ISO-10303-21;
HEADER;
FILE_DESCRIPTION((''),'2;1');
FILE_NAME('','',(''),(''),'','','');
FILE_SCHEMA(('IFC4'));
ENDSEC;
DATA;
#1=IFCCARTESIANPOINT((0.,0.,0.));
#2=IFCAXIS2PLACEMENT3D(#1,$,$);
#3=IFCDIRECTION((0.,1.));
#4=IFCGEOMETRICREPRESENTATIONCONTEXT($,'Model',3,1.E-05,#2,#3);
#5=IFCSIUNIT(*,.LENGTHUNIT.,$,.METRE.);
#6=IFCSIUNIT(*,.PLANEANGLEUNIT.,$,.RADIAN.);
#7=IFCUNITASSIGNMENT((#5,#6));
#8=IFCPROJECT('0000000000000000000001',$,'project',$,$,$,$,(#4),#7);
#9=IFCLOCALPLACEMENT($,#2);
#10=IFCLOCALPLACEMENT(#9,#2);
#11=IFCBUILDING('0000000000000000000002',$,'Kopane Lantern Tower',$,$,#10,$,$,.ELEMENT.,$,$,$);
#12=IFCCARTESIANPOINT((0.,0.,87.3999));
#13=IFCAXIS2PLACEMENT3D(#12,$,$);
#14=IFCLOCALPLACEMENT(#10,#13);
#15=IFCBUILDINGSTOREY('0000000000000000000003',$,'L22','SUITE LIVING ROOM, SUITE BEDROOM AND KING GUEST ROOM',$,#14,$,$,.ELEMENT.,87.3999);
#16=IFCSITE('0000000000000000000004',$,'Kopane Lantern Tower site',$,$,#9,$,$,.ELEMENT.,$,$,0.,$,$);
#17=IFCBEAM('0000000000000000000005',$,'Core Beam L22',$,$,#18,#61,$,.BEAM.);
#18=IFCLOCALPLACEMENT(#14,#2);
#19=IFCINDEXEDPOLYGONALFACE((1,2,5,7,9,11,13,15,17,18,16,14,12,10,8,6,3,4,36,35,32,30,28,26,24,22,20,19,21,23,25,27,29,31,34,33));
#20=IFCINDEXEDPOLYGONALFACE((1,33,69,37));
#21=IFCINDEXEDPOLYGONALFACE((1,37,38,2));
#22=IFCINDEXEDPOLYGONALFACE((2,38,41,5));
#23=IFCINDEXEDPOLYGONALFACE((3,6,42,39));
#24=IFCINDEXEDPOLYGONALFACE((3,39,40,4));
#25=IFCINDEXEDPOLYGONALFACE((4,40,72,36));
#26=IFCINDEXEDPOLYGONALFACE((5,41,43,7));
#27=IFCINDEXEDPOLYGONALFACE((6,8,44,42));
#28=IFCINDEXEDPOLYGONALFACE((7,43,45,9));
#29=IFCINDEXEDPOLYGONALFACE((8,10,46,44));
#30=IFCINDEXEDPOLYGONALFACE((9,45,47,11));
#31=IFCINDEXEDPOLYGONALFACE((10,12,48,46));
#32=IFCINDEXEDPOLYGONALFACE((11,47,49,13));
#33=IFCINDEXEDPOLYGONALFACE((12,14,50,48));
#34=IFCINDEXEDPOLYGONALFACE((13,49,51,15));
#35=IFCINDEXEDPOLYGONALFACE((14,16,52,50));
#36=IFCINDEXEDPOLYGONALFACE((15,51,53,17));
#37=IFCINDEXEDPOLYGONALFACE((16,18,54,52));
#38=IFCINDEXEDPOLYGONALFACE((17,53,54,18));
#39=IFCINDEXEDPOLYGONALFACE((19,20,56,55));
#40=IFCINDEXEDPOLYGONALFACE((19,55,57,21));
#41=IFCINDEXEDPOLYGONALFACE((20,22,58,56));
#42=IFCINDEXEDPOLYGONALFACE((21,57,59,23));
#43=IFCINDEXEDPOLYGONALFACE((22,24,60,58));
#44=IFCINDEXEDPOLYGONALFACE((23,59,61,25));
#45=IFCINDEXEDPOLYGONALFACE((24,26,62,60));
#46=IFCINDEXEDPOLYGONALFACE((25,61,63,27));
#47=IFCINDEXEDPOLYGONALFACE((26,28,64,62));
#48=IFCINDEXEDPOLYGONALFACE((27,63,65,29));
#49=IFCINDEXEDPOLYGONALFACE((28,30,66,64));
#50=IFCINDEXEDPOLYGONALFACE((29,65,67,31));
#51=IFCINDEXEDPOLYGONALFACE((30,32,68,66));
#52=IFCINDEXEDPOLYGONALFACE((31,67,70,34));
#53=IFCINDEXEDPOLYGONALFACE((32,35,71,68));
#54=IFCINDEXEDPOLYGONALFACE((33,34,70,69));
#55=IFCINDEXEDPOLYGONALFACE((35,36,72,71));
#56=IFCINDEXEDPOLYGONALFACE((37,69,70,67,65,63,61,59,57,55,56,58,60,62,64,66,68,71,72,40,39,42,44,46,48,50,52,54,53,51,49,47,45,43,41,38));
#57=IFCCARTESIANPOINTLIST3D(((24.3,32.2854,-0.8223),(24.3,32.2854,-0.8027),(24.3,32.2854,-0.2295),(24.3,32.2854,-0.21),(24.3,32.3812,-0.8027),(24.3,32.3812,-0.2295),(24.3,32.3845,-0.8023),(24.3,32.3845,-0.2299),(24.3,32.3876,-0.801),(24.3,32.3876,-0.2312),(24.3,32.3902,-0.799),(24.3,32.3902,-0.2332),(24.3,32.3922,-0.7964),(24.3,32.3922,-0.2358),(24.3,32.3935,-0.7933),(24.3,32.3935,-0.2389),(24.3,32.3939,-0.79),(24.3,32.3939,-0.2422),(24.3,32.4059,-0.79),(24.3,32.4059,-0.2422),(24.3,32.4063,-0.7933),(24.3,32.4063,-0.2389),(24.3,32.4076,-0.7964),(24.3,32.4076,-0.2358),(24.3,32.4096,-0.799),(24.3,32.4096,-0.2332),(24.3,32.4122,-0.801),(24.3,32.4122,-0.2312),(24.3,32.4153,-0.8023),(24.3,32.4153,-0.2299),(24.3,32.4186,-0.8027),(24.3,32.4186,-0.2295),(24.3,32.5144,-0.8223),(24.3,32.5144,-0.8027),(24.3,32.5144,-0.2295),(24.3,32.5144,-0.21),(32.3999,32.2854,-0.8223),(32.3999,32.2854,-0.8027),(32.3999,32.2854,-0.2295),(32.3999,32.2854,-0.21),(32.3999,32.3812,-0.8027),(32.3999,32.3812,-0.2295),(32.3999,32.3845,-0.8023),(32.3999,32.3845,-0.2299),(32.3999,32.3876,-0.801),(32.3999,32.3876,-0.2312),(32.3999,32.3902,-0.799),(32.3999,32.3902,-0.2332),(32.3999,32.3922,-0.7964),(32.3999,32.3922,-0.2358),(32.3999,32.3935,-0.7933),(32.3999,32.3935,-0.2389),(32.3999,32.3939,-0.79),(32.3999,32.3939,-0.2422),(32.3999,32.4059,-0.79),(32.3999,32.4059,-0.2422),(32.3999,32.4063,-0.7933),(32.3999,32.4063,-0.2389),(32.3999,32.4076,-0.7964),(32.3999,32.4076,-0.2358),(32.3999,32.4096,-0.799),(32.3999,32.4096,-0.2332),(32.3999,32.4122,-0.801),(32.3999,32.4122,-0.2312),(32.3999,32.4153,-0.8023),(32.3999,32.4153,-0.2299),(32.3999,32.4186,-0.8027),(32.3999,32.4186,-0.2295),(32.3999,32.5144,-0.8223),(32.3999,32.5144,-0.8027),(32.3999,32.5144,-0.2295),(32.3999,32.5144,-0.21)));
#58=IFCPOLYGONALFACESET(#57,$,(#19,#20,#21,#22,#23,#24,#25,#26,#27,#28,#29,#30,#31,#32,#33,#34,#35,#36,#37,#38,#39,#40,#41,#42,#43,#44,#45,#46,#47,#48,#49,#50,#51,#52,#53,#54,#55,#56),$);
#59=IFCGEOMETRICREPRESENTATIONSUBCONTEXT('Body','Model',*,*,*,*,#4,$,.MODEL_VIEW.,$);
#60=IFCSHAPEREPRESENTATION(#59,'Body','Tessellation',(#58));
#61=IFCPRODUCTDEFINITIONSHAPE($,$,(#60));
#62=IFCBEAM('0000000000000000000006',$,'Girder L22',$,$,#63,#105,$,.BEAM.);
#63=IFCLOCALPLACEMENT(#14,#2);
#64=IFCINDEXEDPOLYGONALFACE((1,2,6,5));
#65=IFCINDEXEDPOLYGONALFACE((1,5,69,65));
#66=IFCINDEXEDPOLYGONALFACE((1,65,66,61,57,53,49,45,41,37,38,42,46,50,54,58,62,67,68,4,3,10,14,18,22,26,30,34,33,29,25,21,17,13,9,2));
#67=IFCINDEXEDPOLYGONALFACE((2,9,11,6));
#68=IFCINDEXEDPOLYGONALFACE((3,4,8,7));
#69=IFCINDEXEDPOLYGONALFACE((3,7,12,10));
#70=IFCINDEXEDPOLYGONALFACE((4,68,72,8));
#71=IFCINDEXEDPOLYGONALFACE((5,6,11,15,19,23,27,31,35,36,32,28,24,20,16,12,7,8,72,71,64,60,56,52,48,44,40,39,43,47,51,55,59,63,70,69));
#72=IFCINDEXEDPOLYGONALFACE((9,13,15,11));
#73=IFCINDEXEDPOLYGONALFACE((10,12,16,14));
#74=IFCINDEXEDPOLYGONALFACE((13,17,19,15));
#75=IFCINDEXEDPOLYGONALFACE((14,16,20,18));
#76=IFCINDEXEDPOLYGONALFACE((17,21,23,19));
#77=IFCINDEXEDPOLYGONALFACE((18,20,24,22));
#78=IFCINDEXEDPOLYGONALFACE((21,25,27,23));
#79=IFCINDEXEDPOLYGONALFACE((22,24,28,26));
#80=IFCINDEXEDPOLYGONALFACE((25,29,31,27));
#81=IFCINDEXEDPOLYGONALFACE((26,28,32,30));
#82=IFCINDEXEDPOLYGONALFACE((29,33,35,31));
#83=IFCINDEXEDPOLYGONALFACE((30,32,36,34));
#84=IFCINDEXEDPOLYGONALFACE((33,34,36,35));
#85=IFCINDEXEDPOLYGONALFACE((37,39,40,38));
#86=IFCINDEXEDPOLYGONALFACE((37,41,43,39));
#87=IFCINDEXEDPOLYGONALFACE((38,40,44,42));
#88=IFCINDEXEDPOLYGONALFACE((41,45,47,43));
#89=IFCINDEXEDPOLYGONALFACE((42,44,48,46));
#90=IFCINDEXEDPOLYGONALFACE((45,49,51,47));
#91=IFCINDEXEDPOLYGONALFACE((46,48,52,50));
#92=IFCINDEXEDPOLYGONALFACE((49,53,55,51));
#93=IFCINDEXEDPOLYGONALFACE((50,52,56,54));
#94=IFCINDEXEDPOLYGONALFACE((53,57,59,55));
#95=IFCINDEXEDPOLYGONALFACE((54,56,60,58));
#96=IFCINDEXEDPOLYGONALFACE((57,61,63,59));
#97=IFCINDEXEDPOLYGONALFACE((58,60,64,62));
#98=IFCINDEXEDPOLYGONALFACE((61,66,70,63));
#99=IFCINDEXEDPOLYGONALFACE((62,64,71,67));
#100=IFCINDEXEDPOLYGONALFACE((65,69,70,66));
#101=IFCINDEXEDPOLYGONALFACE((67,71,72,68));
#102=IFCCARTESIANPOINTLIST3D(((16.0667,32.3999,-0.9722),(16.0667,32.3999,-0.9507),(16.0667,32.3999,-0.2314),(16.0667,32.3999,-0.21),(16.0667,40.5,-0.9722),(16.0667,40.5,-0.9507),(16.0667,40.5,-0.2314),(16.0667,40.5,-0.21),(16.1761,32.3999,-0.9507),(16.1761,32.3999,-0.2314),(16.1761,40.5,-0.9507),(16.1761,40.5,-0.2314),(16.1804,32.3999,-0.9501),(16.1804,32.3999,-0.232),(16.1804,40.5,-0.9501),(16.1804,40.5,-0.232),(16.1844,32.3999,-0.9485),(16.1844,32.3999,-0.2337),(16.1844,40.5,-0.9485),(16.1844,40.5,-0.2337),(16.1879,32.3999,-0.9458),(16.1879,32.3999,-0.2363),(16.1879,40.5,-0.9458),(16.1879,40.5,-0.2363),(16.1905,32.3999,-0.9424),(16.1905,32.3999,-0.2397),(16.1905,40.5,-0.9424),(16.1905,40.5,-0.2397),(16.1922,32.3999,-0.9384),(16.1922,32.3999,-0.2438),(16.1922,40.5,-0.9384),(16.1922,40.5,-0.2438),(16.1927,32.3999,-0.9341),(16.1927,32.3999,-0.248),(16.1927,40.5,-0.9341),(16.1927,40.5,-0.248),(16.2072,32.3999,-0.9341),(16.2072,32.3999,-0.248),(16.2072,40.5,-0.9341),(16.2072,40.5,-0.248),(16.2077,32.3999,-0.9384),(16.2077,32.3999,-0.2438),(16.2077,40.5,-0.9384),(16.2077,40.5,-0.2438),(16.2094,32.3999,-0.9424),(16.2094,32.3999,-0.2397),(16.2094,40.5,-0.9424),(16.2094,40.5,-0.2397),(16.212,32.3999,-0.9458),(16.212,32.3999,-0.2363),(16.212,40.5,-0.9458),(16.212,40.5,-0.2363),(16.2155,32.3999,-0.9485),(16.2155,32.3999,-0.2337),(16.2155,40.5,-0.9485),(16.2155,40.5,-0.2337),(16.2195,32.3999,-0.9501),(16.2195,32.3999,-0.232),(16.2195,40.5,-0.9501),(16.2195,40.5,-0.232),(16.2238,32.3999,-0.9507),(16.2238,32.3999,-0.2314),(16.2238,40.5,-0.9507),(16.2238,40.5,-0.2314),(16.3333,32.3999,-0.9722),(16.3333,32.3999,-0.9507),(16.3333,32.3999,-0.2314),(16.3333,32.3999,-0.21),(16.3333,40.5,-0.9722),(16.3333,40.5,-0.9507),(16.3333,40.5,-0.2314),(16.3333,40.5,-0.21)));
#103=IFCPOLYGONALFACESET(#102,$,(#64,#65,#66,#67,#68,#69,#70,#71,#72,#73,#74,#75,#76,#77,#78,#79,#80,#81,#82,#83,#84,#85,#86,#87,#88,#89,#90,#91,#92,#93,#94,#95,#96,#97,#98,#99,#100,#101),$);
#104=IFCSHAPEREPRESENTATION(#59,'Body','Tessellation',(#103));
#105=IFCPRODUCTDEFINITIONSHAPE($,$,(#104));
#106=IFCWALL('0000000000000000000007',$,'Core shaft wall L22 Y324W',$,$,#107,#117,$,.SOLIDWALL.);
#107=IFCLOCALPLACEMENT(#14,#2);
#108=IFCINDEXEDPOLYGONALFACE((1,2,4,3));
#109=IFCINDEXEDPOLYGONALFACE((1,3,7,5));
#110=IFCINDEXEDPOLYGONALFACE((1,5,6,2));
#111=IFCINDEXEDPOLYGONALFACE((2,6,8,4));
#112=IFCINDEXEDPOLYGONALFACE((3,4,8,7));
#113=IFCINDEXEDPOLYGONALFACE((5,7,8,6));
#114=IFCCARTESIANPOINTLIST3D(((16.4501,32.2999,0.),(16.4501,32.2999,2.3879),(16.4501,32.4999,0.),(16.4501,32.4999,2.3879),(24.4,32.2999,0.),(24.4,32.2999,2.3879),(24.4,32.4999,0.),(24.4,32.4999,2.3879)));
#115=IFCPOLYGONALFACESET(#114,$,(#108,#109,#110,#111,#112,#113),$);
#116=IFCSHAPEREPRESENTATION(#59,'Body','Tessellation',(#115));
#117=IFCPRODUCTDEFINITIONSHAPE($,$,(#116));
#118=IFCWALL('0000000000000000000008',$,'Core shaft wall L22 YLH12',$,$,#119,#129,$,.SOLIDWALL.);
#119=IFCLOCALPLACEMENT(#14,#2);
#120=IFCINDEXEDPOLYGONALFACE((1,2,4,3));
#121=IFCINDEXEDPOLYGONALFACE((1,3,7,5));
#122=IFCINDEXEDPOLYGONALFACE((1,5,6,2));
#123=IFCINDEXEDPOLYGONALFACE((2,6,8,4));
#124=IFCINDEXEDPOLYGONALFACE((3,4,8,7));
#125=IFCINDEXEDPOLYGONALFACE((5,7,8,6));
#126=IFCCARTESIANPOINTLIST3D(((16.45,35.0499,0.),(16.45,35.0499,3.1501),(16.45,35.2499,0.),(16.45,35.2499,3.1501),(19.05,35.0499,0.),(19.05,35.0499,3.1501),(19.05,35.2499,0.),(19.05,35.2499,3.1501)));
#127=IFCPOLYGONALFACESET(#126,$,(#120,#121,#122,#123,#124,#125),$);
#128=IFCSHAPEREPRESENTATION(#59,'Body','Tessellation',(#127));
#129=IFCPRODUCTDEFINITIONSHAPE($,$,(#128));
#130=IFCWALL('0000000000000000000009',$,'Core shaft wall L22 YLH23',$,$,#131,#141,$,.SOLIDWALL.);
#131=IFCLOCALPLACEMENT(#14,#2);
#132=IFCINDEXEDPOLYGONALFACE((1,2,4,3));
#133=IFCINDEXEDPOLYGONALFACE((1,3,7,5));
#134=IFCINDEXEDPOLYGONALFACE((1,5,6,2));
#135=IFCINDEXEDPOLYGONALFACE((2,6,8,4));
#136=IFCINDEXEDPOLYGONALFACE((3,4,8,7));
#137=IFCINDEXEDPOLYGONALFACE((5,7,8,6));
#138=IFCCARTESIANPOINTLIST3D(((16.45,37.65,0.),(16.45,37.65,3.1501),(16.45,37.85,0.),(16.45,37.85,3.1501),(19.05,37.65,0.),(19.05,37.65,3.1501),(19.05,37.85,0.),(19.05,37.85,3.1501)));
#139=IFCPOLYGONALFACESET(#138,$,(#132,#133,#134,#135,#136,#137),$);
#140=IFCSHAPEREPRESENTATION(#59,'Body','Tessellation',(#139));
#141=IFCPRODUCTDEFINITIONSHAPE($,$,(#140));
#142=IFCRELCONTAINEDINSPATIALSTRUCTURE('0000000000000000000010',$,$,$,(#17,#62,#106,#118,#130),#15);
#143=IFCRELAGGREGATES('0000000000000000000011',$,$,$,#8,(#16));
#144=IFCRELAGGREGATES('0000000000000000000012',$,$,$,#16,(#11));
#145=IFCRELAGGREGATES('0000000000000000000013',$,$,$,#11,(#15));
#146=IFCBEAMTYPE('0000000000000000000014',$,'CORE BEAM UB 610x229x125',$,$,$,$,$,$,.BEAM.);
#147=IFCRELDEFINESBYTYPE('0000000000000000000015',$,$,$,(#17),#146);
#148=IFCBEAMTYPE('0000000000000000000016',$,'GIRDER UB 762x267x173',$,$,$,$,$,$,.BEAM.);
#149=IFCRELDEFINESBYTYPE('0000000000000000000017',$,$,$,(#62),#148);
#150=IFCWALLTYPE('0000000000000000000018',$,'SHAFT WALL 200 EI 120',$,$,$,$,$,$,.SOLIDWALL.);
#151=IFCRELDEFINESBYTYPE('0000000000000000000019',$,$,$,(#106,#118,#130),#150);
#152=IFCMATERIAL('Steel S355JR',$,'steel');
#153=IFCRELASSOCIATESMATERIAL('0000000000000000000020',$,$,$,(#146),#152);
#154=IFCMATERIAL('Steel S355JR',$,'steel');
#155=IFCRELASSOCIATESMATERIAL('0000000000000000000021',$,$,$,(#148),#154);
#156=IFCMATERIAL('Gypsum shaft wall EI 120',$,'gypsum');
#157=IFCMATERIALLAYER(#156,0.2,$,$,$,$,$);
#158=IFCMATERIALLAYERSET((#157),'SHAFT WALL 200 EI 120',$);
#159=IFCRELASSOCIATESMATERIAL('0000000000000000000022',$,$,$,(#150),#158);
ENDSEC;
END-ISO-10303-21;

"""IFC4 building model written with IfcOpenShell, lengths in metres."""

from ifc_helpers import new_model, si_unit, direction, frame, frame_2d, origin, origin_2d, place, context, subcontext, project, spatial, rectangle, i_section, extrude, material, layer, layer_set, material_profile, profile_set, type_object, element, save


model = new_model("IFC4")

# Units and contexts
model_context = context("Model", 3, precision=1e-05, world=origin(), true_north=direction((0.0, 1.0)))
body_context = subcontext(model_context, "Body", "Model", "MODEL_VIEW")
ifc_project = project(units=[si_unit("LENGTHUNIT", "METRE"), si_unit("PLANEANGLEUNIT", "RADIAN")], contexts=[model_context])

# Site, building, storey
site_placement = place(None, origin())
site = spatial("IfcSite", under=ifc_project, at=site_placement, Name="Kopane Lantern Tower site", CompositionType="ELEMENT", RefElevation=0.0)
building_placement = place(site_placement, origin())
building = spatial("IfcBuilding", under=site, at=building_placement, Name="Kopane Lantern Tower", CompositionType="ELEMENT")
storey_placement = place(building_placement, frame((0.0, 0.0, 87.3999)))
storey = spatial("IfcBuildingStorey", under=building, at=storey_placement, Name="L22", Description="SUITE LIVING ROOM, SUITE BEDROOM AND KING GUEST ROOM", CompositionType="ELEMENT", Elevation=87.3999)

# Beams
ifc_material_1 = material(Name="Steel S355JR", Category="steel")
ifc_material_profile_1 = material_profile(ifc_material_1, i_section(OverallWidth=0.229, OverallDepth=0.6123, WebThickness=0.012, FlangeThickness=0.0195, FilletRadius=0.0127, at=origin_2d()), Name="UB 610x229x125")
ifc_profile_set_1 = profile_set([ifc_material_profile_1], Name="Steel S355JR")
beam_type_1 = type_object("IfcBeamType", Name="CORE BEAM UB 610x229x125", PredefinedType="BEAM", material=ifc_profile_set_1)
beam_1_placement = place(storey_placement, frame((24.3, 32.3999, -0.5161), z_axis=(1.0, 0.0, 0.0), x_axis=(0.0, 1.0, 0.0)))
element("IfcBeam", 1, at=beam_1_placement, inside=storey, type_object=beam_type_1, Name="Core Beam L22", PredefinedType="BEAM", context=body_context, shape_type="SweptSolid", body=[
    extrude(i_section(OverallWidth=0.229, OverallDepth=0.6123, WebThickness=0.012, FlangeThickness=0.0195, FilletRadius=0.0127, at=origin_2d()), origin(), (0.0, 0.0, 1.0), 8.0999),
])
ifc_material_2 = material(Name="Steel S355JR", Category="steel")
ifc_material_profile_2 = material_profile(ifc_material_2, i_section(OverallWidth=0.2666, OverallDepth=0.7622, WebThickness=0.0144, FlangeThickness=0.0215, FilletRadius=0.0166, at=origin_2d()), Name="UB 762x267x173")
ifc_profile_set_2 = profile_set([ifc_material_profile_2], Name="Steel S355JR")
beam_type_2 = type_object("IfcBeamType", Name="GIRDER UB 762x267x173", PredefinedType="BEAM", material=ifc_profile_set_2)
beam_2_placement = place(storey_placement, frame((16.2, 32.3999, -0.5911), z_axis=(0.0, 1.0, 0.0), x_axis=(-1.0, 0.0, 0.0)))
element("IfcBeam", 2, at=beam_2_placement, inside=storey, type_object=beam_type_2, Name="Girder L22", PredefinedType="BEAM", context=body_context, shape_type="SweptSolid", body=[
    extrude(i_section(OverallWidth=0.2666, OverallDepth=0.7622, WebThickness=0.0144, FlangeThickness=0.0215, FilletRadius=0.0166, at=origin_2d()), origin(), (0.0, 0.0, 1.0), 8.1001),
])

# Walls
ifc_material_3 = material(Name="Gypsum shaft wall EI 120", Category="gypsum")
ifc_layer_1 = layer(ifc_material_3, 0.2)
ifc_layer_set_1 = layer_set([ifc_layer_1], Name="SHAFT WALL 200 EI 120")
wall_type_1 = type_object("IfcWallType", Name="SHAFT WALL 200 EI 120", PredefinedType="SOLIDWALL", material=ifc_layer_set_1)
wall_1_placement = place(storey_placement, frame((16.45, 32.3999, 0.0), z_axis=(0.0, 0.0, 1.0), x_axis=(1.0, 0.0, 0.0)))
element("IfcWall", 3, at=wall_1_placement, inside=storey, type_object=wall_type_1, Name="Core shaft wall L22 Y324W", PredefinedType="SOLIDWALL", context=body_context, shape_type="SweptSolid", body=[
    extrude(rectangle(XDim=7.95, YDim=0.2, at=frame_2d((3.9751, 0.0))), origin(), (0.0, 0.0, 1.0), 2.3879),
])
for number, where, z_axis, x_axis, name in (
    (4, (16.45, 35.1499, 0.0), (0.0, 0.0, 1.0), (1.0, 0.0, 0.0), "Core shaft wall L22 YLH12"),
    (5, (16.45, 37.75, 0.0), (0.0, 0.0, 1.0), (1.0, 0.0, 0.0), "Core shaft wall L22 YLH23"),
):
    element("IfcWall", number, at=place(storey_placement, frame(where, z_axis=z_axis, x_axis=x_axis)), inside=storey, type_object=wall_type_1, Name=name, PredefinedType="SOLIDWALL", context=body_context, shape_type="SweptSolid", body=[
        extrude(rectangle(XDim=2.6001, YDim=0.2, at=frame_2d((1.3, 0.0))), origin(), (0.0, 0.0, 1.0), 3.1501),
    ])

save(model, "model.ifc")
